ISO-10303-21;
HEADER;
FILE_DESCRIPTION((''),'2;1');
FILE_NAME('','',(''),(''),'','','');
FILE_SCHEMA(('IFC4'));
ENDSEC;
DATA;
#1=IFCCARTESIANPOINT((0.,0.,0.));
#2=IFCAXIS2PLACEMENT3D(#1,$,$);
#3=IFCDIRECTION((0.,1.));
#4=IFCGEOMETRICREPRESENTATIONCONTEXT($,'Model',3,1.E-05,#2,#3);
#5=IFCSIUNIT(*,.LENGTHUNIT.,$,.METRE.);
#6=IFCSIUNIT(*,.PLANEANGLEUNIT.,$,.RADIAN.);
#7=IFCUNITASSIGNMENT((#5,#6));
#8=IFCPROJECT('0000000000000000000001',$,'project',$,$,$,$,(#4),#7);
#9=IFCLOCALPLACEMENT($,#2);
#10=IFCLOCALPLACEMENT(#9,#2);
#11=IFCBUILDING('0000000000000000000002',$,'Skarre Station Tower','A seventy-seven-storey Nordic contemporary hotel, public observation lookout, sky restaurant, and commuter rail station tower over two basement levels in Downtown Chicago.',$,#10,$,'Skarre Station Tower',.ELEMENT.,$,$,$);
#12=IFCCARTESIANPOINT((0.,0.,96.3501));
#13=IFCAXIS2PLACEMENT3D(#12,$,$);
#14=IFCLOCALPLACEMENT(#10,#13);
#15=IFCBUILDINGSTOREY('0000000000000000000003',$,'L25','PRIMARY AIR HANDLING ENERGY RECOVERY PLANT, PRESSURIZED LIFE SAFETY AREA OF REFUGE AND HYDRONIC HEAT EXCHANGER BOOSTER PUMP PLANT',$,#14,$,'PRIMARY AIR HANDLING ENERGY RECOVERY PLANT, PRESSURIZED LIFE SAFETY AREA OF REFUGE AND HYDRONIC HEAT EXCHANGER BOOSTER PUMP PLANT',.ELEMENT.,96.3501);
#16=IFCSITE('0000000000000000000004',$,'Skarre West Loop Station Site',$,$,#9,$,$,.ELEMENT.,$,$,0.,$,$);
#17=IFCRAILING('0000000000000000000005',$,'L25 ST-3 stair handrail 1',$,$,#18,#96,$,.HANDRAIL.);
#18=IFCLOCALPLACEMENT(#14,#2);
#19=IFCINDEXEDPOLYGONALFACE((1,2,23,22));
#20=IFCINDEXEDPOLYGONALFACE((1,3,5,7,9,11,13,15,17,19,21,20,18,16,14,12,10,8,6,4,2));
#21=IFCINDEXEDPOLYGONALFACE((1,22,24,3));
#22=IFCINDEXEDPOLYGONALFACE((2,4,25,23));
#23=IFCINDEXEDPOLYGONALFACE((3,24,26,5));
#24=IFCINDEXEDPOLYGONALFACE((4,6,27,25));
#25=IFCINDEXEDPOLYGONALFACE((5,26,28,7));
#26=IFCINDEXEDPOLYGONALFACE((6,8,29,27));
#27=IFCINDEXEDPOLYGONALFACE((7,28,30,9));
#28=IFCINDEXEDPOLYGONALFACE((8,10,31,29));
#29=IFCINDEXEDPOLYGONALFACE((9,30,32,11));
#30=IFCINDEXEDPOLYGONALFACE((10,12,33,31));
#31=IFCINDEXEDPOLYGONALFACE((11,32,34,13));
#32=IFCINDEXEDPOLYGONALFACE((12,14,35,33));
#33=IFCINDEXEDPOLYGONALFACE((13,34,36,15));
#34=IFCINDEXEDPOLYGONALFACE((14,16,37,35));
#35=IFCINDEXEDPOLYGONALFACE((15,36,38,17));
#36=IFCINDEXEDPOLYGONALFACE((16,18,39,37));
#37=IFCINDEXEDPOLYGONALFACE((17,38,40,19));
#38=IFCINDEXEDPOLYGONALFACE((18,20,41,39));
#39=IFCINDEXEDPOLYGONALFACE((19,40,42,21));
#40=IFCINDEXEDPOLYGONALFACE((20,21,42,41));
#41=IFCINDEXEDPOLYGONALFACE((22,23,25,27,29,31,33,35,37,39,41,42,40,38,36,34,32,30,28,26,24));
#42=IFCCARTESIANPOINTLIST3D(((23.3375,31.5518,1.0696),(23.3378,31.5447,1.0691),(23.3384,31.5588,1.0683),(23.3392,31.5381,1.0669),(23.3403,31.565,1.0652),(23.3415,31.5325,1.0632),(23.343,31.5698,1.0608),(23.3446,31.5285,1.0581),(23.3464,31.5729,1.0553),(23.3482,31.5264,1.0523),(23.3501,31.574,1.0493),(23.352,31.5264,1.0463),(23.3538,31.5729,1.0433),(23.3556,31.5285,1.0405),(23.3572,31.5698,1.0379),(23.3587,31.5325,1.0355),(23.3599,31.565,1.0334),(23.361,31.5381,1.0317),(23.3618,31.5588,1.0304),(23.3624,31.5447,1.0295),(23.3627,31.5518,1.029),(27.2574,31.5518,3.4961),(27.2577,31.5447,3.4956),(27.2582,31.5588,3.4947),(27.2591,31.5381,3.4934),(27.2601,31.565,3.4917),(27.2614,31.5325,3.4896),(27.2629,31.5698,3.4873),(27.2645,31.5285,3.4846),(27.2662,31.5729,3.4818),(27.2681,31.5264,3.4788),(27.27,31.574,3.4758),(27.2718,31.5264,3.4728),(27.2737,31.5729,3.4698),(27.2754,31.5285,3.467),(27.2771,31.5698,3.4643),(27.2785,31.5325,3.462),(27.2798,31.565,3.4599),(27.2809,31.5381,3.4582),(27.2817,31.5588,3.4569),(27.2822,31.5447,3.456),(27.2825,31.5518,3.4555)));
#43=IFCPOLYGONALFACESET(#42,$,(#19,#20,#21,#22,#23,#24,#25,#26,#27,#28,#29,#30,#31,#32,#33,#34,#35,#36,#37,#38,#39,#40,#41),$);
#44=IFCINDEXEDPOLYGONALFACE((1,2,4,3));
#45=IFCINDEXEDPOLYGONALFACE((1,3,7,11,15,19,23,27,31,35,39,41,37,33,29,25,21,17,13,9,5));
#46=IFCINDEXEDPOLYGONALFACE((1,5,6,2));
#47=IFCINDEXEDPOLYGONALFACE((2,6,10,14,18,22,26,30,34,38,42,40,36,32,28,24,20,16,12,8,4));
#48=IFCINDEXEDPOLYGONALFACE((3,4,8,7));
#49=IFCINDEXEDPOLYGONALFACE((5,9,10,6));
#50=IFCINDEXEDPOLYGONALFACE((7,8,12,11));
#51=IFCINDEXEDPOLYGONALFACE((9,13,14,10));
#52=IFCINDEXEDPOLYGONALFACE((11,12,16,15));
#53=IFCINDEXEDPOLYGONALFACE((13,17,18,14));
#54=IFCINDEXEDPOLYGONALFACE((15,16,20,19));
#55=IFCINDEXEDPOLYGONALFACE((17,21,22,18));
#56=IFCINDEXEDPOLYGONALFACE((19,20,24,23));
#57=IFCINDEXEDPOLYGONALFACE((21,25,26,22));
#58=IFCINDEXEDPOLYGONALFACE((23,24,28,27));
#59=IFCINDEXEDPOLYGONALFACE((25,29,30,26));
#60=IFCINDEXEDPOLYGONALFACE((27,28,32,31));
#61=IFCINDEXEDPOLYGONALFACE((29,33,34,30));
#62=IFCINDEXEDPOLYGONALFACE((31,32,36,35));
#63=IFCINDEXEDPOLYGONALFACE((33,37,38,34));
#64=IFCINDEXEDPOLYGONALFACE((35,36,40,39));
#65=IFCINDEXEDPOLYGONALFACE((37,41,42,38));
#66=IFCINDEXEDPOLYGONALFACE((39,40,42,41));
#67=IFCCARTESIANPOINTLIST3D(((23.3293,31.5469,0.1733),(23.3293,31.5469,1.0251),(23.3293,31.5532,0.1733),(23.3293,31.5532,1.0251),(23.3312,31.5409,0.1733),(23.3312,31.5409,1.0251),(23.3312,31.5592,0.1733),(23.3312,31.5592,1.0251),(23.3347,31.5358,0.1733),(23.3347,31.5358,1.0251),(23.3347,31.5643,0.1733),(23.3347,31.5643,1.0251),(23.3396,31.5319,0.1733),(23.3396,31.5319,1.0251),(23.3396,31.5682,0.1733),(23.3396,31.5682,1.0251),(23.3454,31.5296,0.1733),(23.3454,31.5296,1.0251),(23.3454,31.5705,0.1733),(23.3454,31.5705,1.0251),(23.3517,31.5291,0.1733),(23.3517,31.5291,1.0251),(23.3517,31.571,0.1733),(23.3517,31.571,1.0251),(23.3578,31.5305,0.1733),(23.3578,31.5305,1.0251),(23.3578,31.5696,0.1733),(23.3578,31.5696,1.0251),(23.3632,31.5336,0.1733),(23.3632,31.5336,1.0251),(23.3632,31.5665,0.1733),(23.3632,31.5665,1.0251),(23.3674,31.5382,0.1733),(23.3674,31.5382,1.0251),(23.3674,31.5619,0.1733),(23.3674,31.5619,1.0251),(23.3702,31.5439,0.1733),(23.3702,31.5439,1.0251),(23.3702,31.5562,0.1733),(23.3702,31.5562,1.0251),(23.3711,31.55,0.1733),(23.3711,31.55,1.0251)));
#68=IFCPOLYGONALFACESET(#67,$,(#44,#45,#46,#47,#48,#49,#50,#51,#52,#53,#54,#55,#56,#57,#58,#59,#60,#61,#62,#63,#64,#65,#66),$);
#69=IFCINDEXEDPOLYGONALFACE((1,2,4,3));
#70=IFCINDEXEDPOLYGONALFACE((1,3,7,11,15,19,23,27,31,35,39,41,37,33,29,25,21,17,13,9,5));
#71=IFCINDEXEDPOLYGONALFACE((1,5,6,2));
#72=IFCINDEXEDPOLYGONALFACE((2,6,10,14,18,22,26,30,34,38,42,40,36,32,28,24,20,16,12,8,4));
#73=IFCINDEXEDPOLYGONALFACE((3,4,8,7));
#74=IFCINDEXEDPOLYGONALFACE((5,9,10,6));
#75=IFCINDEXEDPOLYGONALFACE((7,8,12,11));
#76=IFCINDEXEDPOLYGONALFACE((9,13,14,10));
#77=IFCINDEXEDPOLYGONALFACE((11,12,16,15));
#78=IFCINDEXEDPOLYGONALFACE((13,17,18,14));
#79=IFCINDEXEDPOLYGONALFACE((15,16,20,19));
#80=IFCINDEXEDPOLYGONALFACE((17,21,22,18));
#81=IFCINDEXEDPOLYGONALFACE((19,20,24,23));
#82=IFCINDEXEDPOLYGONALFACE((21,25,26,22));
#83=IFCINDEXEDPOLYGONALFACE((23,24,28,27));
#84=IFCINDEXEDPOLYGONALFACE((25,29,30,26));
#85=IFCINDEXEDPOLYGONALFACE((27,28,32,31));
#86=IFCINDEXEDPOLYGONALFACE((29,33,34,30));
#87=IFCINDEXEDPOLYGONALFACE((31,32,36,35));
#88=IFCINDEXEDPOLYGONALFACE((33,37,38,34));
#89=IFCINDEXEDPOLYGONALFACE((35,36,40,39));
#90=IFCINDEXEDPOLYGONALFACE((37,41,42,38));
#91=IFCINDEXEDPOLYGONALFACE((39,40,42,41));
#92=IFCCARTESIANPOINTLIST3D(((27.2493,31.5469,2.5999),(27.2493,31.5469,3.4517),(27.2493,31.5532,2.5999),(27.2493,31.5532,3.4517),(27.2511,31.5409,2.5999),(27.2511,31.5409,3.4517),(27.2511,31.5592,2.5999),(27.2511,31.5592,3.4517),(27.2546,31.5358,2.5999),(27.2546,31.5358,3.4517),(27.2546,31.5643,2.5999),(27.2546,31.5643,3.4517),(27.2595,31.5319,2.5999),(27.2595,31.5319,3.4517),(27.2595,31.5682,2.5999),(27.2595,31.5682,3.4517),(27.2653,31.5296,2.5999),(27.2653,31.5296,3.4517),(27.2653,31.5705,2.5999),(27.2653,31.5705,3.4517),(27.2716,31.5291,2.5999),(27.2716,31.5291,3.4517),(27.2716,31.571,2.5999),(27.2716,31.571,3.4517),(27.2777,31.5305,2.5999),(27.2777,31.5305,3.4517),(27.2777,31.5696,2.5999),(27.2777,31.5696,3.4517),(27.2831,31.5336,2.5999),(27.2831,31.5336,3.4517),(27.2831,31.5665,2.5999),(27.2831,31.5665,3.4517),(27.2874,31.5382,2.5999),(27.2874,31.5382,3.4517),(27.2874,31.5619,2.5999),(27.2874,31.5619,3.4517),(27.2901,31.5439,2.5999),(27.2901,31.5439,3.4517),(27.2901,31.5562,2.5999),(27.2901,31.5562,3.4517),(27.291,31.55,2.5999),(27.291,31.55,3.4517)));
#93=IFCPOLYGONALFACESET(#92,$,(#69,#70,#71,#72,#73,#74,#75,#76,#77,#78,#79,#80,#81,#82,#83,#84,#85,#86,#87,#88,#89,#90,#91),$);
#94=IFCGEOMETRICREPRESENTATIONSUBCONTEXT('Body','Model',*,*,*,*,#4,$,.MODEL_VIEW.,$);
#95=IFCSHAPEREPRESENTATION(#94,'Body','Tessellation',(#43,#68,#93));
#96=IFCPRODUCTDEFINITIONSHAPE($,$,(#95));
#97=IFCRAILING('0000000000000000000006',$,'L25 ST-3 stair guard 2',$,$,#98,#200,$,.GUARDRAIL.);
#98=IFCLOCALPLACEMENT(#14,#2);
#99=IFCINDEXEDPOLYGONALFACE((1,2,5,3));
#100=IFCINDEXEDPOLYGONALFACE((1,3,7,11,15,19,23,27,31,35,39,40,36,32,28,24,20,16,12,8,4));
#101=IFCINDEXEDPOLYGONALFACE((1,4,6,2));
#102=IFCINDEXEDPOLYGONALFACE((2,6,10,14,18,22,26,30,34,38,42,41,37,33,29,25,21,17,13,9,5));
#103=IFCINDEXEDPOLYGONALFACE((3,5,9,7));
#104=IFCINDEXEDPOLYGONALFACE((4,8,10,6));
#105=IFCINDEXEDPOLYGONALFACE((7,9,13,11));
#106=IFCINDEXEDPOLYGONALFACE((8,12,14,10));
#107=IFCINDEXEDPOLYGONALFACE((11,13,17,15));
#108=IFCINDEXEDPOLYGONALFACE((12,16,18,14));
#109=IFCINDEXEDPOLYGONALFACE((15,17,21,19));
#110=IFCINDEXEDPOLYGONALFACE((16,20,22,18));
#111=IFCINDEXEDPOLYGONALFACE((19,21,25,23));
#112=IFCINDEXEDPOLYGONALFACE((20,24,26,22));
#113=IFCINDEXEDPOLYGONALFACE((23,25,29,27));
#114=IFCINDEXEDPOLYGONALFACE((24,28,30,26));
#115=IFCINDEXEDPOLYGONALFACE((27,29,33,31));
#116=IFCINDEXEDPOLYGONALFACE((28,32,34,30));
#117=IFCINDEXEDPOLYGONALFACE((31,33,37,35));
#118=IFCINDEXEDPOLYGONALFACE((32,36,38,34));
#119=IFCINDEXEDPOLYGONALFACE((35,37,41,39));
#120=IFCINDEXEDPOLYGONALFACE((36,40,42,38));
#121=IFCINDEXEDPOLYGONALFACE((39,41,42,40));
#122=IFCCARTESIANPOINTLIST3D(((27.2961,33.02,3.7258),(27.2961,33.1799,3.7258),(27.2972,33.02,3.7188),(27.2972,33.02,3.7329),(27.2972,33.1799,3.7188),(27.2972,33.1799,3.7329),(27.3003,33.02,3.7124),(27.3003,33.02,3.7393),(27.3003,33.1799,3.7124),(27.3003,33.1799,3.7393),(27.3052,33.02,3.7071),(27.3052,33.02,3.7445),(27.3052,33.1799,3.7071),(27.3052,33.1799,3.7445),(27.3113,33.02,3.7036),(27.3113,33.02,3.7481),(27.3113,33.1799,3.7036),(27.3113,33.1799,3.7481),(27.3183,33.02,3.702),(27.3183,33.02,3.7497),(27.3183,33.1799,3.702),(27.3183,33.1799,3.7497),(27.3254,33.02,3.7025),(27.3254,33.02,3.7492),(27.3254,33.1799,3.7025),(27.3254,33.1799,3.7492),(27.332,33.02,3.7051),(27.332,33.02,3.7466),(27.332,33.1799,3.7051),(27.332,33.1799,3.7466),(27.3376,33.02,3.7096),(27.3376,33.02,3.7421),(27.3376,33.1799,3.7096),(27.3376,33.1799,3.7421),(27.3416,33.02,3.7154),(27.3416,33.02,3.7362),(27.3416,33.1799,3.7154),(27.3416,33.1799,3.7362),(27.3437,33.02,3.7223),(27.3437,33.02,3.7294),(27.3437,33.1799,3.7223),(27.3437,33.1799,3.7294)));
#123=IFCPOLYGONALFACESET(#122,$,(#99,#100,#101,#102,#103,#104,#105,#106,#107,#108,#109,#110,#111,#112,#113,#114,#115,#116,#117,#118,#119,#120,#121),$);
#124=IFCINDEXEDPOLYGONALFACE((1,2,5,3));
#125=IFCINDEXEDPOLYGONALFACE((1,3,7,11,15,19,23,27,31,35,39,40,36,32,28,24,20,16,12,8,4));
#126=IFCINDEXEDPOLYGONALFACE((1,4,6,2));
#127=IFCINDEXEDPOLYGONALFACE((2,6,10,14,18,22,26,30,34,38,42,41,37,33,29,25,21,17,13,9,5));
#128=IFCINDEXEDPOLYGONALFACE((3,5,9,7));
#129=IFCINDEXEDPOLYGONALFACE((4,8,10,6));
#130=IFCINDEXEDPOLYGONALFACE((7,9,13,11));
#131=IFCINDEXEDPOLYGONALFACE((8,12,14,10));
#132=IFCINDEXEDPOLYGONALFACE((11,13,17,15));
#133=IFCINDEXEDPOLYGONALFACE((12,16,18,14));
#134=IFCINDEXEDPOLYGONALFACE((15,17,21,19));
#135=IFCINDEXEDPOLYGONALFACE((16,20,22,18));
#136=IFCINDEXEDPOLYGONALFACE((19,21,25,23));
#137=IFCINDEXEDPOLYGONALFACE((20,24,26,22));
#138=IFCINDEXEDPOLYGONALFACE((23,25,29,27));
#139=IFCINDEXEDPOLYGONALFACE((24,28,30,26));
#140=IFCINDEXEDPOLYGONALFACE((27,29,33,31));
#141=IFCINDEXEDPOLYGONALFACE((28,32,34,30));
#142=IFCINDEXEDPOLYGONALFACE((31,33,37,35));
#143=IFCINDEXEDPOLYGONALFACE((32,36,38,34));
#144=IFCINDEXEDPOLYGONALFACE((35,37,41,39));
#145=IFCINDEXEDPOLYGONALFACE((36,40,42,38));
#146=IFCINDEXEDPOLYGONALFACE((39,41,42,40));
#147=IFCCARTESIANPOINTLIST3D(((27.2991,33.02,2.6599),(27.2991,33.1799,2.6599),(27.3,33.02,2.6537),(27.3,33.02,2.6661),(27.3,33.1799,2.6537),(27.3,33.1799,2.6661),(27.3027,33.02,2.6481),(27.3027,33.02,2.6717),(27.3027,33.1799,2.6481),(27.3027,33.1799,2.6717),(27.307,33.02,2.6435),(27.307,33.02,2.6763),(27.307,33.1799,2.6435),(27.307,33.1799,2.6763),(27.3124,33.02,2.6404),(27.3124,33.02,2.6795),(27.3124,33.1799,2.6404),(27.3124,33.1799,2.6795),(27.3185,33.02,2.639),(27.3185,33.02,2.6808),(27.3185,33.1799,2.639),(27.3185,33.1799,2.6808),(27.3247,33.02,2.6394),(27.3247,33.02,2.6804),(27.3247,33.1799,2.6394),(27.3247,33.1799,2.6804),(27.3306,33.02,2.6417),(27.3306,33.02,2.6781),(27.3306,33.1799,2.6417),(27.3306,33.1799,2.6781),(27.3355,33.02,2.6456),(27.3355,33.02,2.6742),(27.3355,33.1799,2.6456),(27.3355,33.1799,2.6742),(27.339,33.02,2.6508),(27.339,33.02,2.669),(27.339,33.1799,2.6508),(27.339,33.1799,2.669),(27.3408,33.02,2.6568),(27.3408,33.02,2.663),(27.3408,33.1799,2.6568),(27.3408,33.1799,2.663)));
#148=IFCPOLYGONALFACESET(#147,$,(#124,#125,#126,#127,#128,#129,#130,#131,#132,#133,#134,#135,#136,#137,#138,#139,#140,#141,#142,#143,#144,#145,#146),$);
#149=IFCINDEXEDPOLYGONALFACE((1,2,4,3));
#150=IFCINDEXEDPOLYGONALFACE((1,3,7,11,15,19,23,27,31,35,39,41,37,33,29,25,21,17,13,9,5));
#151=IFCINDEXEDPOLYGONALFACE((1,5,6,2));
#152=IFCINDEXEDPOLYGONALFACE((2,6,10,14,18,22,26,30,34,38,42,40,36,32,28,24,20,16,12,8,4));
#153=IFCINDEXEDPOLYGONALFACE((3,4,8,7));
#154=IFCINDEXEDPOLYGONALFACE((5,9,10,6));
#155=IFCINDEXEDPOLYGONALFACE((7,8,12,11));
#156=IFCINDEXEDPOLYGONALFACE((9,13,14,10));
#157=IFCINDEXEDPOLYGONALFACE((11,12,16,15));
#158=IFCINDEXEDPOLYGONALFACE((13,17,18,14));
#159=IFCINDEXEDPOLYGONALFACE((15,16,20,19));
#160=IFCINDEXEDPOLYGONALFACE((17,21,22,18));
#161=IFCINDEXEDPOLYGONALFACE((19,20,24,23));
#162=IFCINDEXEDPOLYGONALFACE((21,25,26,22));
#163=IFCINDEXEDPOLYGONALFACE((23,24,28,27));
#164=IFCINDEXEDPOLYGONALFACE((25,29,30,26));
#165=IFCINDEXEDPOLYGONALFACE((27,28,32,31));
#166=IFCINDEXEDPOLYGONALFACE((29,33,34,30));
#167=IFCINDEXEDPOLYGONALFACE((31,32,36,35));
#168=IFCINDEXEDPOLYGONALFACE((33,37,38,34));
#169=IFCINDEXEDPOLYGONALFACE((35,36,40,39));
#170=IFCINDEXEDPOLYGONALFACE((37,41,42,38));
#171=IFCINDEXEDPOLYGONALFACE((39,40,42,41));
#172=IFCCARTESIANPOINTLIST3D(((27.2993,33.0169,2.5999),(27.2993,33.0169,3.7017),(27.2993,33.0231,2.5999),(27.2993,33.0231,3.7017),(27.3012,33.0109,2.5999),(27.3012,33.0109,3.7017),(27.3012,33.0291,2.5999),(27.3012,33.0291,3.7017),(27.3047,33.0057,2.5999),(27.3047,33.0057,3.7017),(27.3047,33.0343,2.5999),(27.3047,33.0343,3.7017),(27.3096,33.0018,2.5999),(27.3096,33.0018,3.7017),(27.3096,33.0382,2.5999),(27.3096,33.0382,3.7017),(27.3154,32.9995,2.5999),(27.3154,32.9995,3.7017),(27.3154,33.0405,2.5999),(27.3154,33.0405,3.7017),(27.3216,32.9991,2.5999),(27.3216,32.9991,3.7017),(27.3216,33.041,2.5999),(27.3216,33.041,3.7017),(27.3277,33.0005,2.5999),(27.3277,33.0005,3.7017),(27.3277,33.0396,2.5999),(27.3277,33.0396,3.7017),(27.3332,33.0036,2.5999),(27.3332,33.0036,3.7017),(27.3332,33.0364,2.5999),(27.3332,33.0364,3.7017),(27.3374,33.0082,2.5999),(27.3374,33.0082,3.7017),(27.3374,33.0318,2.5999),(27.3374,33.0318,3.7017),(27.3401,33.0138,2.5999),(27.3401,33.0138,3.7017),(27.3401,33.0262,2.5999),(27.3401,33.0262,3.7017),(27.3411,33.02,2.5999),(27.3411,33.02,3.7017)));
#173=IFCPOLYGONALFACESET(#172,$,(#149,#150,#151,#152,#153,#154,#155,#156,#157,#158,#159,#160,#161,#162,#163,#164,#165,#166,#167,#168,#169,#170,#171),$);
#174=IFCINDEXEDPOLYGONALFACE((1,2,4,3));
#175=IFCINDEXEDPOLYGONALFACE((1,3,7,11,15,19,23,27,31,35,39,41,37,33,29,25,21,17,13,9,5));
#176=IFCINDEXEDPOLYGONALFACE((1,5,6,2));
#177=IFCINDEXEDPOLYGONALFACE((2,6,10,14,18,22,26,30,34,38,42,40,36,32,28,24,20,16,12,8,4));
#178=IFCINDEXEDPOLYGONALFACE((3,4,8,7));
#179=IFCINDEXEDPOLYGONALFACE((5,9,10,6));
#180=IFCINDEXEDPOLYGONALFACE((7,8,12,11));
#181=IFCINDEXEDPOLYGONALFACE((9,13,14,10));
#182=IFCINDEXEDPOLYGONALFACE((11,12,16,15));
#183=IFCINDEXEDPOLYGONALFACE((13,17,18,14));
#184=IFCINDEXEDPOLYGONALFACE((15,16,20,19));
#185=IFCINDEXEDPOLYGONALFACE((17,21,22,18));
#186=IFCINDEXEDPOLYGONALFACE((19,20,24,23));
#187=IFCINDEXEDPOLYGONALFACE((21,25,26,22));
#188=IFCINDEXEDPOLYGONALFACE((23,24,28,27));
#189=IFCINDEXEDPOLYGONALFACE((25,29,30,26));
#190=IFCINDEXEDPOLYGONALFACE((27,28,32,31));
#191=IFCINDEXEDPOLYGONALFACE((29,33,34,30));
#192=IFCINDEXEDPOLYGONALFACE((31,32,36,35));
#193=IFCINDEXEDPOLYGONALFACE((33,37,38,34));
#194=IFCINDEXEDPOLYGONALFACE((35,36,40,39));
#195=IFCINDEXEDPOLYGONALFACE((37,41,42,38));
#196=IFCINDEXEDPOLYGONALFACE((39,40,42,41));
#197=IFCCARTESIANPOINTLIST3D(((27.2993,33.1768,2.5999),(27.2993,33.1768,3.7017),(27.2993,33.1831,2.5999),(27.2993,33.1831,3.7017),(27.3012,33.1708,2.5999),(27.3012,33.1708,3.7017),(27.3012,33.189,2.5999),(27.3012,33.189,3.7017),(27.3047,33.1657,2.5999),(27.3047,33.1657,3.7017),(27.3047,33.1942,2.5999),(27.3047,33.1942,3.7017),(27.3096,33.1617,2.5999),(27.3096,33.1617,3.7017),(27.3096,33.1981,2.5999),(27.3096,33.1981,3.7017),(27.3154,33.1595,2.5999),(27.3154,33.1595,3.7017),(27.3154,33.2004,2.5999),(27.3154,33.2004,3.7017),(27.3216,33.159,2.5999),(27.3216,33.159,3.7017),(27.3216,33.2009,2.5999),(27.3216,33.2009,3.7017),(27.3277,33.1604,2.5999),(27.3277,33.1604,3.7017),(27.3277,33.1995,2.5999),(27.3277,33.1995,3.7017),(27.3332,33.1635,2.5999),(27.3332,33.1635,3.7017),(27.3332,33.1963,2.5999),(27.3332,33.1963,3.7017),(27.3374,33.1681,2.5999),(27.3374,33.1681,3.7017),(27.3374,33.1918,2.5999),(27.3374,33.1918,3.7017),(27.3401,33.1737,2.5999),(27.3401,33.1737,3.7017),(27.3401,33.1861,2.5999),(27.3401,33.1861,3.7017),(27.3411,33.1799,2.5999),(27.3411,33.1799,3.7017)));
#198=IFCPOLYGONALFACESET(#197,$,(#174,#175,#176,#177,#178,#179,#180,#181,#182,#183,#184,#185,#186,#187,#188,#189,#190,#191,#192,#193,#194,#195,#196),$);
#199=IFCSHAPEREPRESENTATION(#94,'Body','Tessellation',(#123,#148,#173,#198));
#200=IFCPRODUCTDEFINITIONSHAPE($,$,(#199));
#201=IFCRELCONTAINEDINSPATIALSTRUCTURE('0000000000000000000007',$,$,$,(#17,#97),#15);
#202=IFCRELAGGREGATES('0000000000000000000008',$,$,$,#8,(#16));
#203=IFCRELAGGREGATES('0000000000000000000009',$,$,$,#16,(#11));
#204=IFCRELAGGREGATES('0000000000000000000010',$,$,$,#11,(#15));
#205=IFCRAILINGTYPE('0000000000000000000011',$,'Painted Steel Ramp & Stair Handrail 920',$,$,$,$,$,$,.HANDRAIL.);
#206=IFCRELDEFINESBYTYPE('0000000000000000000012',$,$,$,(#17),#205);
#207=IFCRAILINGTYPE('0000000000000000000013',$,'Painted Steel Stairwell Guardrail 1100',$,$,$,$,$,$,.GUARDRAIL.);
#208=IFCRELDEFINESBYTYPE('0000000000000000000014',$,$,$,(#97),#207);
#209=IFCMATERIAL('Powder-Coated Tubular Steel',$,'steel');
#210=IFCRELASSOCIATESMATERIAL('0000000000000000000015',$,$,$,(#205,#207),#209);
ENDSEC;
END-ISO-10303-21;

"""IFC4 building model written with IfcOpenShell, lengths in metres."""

from ifc_helpers import new_model, si_unit, direction, frame, origin, origin_2d, place, context, subcontext, project, spatial, circle, extrude, material, type_object, element, save


model = new_model("IFC4")

# Units and contexts
model_context = context("Model", 3, precision=1e-05, world=origin(), true_north=direction((0.0, 1.0)))
body_context = subcontext(model_context, "Body", "Model", "MODEL_VIEW")
ifc_project = project(units=[si_unit("LENGTHUNIT", "METRE"), si_unit("PLANEANGLEUNIT", "RADIAN")], contexts=[model_context])

# Site, building, storey
site_placement = place(None, origin())
site = spatial("IfcSite", under=ifc_project, at=site_placement, Name="Skarre West Loop Station Site", CompositionType="ELEMENT", RefElevation=0.0)
building_placement = place(site_placement, origin())
building = spatial("IfcBuilding", under=site, at=building_placement, Name="Skarre Station Tower", Description="A seventy-seven-storey Nordic contemporary hotel, public observation lookout, sky restaurant, and commuter rail station tower over two basement levels in Downtown Chicago.", LongName="Skarre Station Tower", CompositionType="ELEMENT")
storey_placement = place(building_placement, frame((0.0, 0.0, 96.3501)))
storey = spatial("IfcBuildingStorey", under=building, at=storey_placement, Name="L25", Description="PRIMARY AIR HANDLING ENERGY RECOVERY PLANT, PRESSURIZED LIFE SAFETY AREA OF REFUGE AND HYDRONIC HEAT EXCHANGER BOOSTER PUMP PLANT", LongName="PRIMARY AIR HANDLING ENERGY RECOVERY PLANT, PRESSURIZED LIFE SAFETY AREA OF REFUGE AND HYDRONIC HEAT EXCHANGER BOOSTER PUMP PLANT", CompositionType="ELEMENT", Elevation=96.3501)

# Railings
ifc_material_1 = material(Name="Powder-Coated Tubular Steel", Category="steel")
railing_type_1 = type_object("IfcRailingType", Name="Painted Steel Ramp & Stair Handrail 920", PredefinedType="HANDRAIL", material=ifc_material_1)
railing_1_placement = place(storey_placement, frame((23.3501, 31.55, 0.1733)))
element("IfcRailing", 1, at=railing_1_placement, inside=storey, type_object=railing_type_1, Name="L25 ST-3 stair handrail 1", PredefinedType="HANDRAIL", context=body_context, shape_type="SweptSolid", body=[
    extrude(circle(Radius=0.0239, at=origin_2d()), frame((0.0, 0.0, 0.876), z_axis=(0.850275, 0.0, 0.526338), x_axis=(0.0, 1.0, 0.0)), (0.0, 0.0, 1.0), 4.6101),
    extrude(circle(Radius=0.021, at=origin_2d()), origin(), (0.0, 0.0, 1.0), 0.8518),
    extrude(circle(Radius=0.021, at=origin_2d()), frame((3.9199, 0.0, 2.4265)), (0.0, 0.0, 1.0), 0.8518),
])
railing_type_2 = type_object("IfcRailingType", Name="Painted Steel Stairwell Guardrail 1100", PredefinedType="GUARDRAIL", material=ifc_material_1)
for number, where, name in (
    (2, (27.3201, 33.02, 2.5999), "L25 ST-3 stair guard 2"),
):
    element("IfcRailing", number, at=place(storey_placement, frame(where)), inside=storey, type_object=railing_type_2, Name=name, PredefinedType="GUARDRAIL", context=body_context, shape_type="SweptSolid", body=[
        extrude(circle(Radius=0.0239, at=origin_2d()), frame((0.0, 0.0, 1.126), z_axis=(0.0, 1.0, 0.0), x_axis=(-1.0, 0.0, 0.0)), (0.0, 0.0, 1.0), 0.1599),
        extrude(circle(Radius=0.021, at=origin_2d()), frame((0.0, 0.0, 0.0601), z_axis=(0.0, 1.0, 0.0), x_axis=(-1.0, 0.0, 0.0)), (0.0, 0.0, 1.0), 0.1599),
        extrude(circle(Radius=0.021, at=origin_2d()), origin(), (0.0, 0.0, 1.0), 1.1018),
        extrude(circle(Radius=0.021, at=origin_2d()), frame((0.0, 0.1599, 0.0)), (0.0, 0.0, 1.0), 1.1018),
    ])

save(model, "model.ifc")
